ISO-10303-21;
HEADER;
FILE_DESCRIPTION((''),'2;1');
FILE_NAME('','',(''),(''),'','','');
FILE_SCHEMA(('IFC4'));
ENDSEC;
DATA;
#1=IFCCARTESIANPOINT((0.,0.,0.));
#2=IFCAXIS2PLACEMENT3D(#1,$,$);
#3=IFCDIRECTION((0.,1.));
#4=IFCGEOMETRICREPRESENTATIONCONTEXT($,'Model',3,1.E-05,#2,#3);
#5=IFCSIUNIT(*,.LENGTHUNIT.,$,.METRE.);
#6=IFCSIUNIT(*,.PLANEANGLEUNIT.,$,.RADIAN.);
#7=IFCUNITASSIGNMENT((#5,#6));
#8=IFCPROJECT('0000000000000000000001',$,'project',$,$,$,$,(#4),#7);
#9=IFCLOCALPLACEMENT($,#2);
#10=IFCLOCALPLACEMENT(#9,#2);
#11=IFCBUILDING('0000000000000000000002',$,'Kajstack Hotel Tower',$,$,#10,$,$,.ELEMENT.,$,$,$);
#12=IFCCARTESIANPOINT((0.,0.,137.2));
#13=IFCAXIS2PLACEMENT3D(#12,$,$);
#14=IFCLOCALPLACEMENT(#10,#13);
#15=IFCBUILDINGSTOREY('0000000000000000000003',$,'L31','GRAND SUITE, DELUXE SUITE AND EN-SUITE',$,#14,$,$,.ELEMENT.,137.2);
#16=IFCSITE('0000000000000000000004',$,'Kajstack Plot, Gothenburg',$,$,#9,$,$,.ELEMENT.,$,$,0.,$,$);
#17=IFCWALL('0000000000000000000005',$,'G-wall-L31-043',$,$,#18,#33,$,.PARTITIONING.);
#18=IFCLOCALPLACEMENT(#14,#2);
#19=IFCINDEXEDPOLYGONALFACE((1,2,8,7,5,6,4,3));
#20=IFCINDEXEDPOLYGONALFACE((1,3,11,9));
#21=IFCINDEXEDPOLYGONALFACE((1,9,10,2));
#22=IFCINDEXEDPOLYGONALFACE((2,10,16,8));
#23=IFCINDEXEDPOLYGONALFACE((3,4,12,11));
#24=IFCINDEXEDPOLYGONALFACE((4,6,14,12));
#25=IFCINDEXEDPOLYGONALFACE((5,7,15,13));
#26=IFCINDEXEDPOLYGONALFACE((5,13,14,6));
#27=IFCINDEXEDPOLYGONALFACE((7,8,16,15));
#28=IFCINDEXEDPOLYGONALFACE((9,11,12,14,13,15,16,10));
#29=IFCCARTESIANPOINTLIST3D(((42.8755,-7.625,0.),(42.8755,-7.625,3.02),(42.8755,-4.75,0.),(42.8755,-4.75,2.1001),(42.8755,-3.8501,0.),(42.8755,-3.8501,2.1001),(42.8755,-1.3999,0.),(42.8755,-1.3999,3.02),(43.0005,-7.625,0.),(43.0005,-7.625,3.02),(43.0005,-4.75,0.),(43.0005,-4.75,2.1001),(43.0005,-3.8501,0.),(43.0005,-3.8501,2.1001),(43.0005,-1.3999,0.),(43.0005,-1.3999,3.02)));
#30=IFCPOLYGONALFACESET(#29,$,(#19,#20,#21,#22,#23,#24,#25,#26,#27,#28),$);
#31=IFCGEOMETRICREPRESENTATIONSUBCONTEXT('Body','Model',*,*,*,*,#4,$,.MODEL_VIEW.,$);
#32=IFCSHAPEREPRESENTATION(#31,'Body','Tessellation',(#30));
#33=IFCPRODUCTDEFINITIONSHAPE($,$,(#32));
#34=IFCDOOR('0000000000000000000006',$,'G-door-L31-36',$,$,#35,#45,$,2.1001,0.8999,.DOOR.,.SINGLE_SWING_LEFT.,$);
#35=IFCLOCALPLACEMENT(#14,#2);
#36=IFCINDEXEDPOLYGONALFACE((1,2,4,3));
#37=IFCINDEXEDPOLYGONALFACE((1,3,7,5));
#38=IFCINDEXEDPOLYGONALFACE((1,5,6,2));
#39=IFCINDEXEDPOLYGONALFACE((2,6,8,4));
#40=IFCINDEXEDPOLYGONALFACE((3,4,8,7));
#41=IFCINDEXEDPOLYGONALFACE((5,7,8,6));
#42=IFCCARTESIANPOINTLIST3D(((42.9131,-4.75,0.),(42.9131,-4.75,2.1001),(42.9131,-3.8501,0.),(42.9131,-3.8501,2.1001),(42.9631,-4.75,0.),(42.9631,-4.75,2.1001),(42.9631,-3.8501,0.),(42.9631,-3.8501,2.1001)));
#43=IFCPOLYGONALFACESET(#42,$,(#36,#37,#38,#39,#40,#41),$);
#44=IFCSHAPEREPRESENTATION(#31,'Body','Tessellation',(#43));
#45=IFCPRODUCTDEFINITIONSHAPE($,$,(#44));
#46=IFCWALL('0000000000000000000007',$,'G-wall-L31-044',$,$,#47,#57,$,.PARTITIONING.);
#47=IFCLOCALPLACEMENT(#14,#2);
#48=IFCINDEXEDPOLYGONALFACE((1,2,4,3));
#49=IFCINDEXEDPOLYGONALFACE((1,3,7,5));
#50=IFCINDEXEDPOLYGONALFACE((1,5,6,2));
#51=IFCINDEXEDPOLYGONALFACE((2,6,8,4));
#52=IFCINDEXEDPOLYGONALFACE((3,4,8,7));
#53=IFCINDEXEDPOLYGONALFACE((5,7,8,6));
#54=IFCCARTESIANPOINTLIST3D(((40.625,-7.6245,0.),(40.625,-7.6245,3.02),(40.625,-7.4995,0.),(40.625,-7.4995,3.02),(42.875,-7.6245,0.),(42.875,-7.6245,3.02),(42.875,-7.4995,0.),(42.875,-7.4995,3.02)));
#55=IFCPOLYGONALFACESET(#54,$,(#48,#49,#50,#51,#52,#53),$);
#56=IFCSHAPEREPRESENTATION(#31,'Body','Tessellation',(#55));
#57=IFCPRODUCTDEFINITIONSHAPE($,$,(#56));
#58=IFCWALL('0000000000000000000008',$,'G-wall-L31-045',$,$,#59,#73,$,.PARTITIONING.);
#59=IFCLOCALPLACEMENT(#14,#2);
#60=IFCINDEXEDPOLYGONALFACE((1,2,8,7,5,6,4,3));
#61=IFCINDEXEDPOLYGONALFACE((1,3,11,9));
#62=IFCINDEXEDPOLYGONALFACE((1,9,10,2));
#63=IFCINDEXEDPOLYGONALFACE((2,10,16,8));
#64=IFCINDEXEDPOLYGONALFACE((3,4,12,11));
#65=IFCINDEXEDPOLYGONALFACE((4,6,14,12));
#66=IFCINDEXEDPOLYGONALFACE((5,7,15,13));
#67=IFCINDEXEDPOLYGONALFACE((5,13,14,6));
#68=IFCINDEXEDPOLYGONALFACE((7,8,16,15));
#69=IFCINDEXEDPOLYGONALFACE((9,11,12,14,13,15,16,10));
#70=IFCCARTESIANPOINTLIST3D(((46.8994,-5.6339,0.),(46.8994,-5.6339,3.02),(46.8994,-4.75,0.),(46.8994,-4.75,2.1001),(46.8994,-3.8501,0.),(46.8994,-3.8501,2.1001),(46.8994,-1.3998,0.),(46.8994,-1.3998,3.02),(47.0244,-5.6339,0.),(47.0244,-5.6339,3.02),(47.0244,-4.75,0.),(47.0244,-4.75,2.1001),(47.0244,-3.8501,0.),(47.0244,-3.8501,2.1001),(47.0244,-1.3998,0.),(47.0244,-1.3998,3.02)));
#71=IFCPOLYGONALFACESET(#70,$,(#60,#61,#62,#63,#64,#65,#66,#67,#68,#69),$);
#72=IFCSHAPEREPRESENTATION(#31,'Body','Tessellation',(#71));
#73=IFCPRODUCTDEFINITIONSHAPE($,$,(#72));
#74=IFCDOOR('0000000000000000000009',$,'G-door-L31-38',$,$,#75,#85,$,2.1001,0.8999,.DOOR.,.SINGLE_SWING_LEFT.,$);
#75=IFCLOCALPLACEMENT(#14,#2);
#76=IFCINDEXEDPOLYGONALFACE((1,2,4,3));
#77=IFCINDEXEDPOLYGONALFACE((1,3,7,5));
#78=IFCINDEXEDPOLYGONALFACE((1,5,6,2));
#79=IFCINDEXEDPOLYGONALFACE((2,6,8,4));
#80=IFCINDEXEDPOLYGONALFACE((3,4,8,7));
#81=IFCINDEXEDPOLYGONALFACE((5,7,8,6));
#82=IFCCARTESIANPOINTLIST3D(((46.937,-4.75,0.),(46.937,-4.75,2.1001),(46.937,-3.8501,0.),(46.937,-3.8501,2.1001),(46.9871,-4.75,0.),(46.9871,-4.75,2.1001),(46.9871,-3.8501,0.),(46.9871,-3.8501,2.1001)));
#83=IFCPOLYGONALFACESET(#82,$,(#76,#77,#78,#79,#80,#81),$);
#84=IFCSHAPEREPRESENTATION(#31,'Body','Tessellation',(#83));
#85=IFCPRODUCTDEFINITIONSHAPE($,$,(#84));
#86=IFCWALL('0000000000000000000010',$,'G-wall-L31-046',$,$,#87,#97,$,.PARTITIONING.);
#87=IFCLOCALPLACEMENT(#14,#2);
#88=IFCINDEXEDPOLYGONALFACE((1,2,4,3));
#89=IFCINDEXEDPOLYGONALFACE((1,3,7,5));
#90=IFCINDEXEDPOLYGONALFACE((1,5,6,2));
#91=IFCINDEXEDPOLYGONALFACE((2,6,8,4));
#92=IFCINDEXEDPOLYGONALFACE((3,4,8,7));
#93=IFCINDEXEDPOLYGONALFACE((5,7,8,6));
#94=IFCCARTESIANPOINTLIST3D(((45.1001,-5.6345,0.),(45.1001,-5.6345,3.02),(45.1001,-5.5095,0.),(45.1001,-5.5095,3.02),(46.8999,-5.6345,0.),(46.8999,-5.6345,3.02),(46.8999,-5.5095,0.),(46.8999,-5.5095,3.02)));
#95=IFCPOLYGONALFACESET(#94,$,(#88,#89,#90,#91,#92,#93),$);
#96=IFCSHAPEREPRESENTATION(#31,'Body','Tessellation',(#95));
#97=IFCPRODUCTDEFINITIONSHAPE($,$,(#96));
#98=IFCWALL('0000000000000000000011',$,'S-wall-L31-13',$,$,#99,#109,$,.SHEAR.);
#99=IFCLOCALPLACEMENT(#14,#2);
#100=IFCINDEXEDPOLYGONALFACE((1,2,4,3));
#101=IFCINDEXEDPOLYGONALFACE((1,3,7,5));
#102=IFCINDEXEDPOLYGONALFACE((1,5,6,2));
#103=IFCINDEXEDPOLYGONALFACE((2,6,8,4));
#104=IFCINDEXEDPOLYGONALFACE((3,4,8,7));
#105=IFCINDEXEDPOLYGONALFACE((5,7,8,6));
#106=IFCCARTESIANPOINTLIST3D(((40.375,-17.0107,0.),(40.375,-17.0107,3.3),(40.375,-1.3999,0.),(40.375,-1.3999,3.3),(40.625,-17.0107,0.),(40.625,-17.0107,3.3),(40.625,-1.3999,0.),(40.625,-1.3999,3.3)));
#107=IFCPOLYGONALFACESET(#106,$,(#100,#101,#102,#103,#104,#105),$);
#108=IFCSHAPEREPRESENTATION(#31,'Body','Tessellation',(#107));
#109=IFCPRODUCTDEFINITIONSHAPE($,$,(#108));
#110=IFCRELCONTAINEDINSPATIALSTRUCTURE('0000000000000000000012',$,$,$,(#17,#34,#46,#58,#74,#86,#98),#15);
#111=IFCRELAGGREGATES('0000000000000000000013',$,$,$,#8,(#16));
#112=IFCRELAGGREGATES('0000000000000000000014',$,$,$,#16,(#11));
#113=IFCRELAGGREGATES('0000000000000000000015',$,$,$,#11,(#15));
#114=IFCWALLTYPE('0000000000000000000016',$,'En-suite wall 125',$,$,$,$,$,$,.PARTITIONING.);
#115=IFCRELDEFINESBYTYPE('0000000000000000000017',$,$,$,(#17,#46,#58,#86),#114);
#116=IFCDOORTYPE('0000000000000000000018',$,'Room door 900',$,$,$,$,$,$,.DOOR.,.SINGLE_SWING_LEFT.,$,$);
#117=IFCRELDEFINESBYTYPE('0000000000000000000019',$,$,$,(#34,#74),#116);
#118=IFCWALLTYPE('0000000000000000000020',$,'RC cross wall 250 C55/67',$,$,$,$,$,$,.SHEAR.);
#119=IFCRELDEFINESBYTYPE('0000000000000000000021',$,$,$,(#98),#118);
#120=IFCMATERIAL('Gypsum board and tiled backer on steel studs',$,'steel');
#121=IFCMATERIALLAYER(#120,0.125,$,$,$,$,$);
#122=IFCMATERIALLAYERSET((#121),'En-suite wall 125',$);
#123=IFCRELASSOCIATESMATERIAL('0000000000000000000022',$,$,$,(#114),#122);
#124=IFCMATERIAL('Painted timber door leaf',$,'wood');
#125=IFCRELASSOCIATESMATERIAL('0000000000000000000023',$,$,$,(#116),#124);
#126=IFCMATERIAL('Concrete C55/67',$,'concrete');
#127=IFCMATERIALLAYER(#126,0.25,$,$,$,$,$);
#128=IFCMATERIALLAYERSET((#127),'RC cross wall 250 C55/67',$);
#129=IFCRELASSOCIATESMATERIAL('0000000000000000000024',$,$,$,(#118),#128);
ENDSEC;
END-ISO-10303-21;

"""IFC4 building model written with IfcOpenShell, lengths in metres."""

from ifc_helpers import new_model, si_unit, direction, frame, frame_2d, origin, place, context, subcontext, project, spatial, rectangle, extrude, material, layer, layer_set, type_object, element, fill, save


model = new_model("IFC4")

# Units and contexts
model_context = context("Model", 3, precision=1e-05, world=origin(), true_north=direction((0.0, 1.0)))
body_context = subcontext(model_context, "Body", "Model", "MODEL_VIEW")
ifc_project = project(units=[si_unit("LENGTHUNIT", "METRE"), si_unit("PLANEANGLEUNIT", "RADIAN")], contexts=[model_context])

# Site, building, storey
site_placement = place(None, origin())
site = spatial("IfcSite", under=ifc_project, at=site_placement, Name="Kajstack Plot, Gothenburg", CompositionType="ELEMENT", RefElevation=0.0)
building_placement = place(site_placement, origin())
building = spatial("IfcBuilding", under=site, at=building_placement, Name="Kajstack Hotel Tower", CompositionType="ELEMENT")
storey_placement = place(building_placement, frame((0.0, 0.0, 137.2)))
storey = spatial("IfcBuildingStorey", under=building, at=storey_placement, Name="L31", Description="GRAND SUITE, DELUXE SUITE AND EN-SUITE", CompositionType="ELEMENT", Elevation=137.2)

# Wall, opening, door
ifc_material_1 = material(Name="Gypsum board and tiled backer on steel studs", Category="steel")
ifc_layer_1 = layer(ifc_material_1, 0.125)
ifc_layer_set_1 = layer_set([ifc_layer_1], Name="En-suite wall 125")
wall_type_1 = type_object("IfcWallType", Name="En-suite wall 125", PredefinedType="PARTITIONING", material=ifc_layer_set_1)
wall_1_placement = place(storey_placement, frame((42.938, -7.625, 0.0), z_axis=(0.0, 0.0, 1.0), x_axis=(0.0, 1.0, 0.0)))
wall_1 = element("IfcWall", 1, at=wall_1_placement, inside=storey, type_object=wall_type_1, Name="G-wall-L31-043", PredefinedType="PARTITIONING", context=body_context, shape_type="SweptSolid", body=[
    extrude(rectangle(XDim=6.2251, YDim=0.125, at=frame_2d((3.1125, 0.0))), origin(), (0.0, 0.0, 1.0), 3.02),
])
opening_1_placement = place(wall_1_placement, frame((2.875, 0.0, 0.0)))
opening_1 = element("IfcOpeningElement", 2, at=opening_1_placement, cuts=wall_1, PredefinedType="OPENING", context=body_context, shape_type="SweptSolid", body=[
    extrude(rectangle(XDim=0.8999, YDim=2.1001, at=frame_2d((0.45, 1.05))), frame((0.0, 0.0725, 0.0), z_axis=(0.0, -1.0, 0.0), x_axis=(1.0, 0.0, 0.0)), (0.0, 0.0, 1.0), 0.145),
])
ifc_material_2 = material(Name="Painted timber door leaf", Category="wood")
door_type = type_object("IfcDoorType", Name="Room door 900", OperationType="SINGLE_SWING_LEFT", PredefinedType="DOOR", material=ifc_material_2)
door_1_placement = place(opening_1_placement, origin())
door_1 = element("IfcDoor", 3, at=door_1_placement, inside=storey, type_object=door_type, Name="G-door-L31-36", OperationType="SINGLE_SWING_LEFT", OverallHeight=2.1001, OverallWidth=0.8999, PredefinedType="DOOR", context=body_context, shape_type="SweptSolid", body=[
    extrude(rectangle(XDim=0.8999, YDim=2.1001, at=frame_2d((0.45, 1.05))), frame((0.0, 0.0249, 0.0), z_axis=(0.0, -1.0, 0.0), x_axis=(1.0, 0.0, 0.0)), (0.0, 0.0, 1.0), 0.05),
])
fill(opening_1, door_1)

# Wall
wall_2_placement = place(storey_placement, frame((40.625, -7.562, 0.0), z_axis=(0.0, 0.0, 1.0), x_axis=(1.0, 0.0, 0.0)))
element("IfcWall", 4, at=wall_2_placement, inside=storey, type_object=wall_type_1, Name="G-wall-L31-044", PredefinedType="PARTITIONING", context=body_context, shape_type="SweptSolid", body=[
    extrude(rectangle(XDim=2.25, YDim=0.125, at=frame_2d((1.125, 0.0))), origin(), (0.0, 0.0, 1.0), 3.02),
])

# Wall, opening, door
wall_3_placement = place(storey_placement, frame((46.9619, -5.634, 0.0), z_axis=(0.0, 0.0, 1.0), x_axis=(0.0, 1.0, 0.0)))
wall_3 = element("IfcWall", 5, at=wall_3_placement, inside=storey, type_object=wall_type_1, Name="G-wall-L31-045", PredefinedType="PARTITIONING", context=body_context, shape_type="SweptSolid", body=[
    extrude(rectangle(XDim=4.2341, YDim=0.125, at=frame_2d((2.1172, 0.0))), origin(), (0.0, 0.0, 1.0), 3.02),
])
opening_2_placement = place(wall_3_placement, frame((0.884, 0.0, 0.0)))
opening_2 = element("IfcOpeningElement", 6, at=opening_2_placement, cuts=wall_3, PredefinedType="OPENING", context=body_context, shape_type="SweptSolid", body=[
    extrude(rectangle(XDim=0.8999, YDim=2.1001, at=frame_2d((0.45, 1.05))), frame((0.0, 0.0725, 0.0), z_axis=(0.0, -1.0, 0.0), x_axis=(1.0, 0.0, 0.0)), (0.0, 0.0, 1.0), 0.145),
])
door_2_placement = place(opening_2_placement, origin())
door_2 = element("IfcDoor", 7, at=door_2_placement, inside=storey, type_object=door_type, Name="G-door-L31-38", OperationType="SINGLE_SWING_LEFT", OverallHeight=2.1001, OverallWidth=0.8999, PredefinedType="DOOR", context=body_context, shape_type="SweptSolid", body=[
    extrude(rectangle(XDim=0.8999, YDim=2.1001, at=frame_2d((0.45, 1.05))), frame((0.0, 0.0249, 0.0), z_axis=(0.0, -1.0, 0.0), x_axis=(1.0, 0.0, 0.0)), (0.0, 0.0, 1.0), 0.05),
])
fill(opening_2, door_2)

# Walls
wall_4_placement = place(storey_placement, frame((45.1001, -5.572, 0.0), z_axis=(0.0, 0.0, 1.0), x_axis=(1.0, 0.0, 0.0)))
element("IfcWall", 8, at=wall_4_placement, inside=storey, type_object=wall_type_1, Name="G-wall-L31-046", PredefinedType="PARTITIONING", context=body_context, shape_type="SweptSolid", body=[
    extrude(rectangle(XDim=1.7998, YDim=0.125, at=frame_2d((0.8999, 0.0))), origin(), (0.0, 0.0, 1.0), 3.02),
])
ifc_material_3 = material(Name="Concrete C55/67", Category="concrete")
ifc_layer_2 = layer(ifc_material_3, 0.25)
ifc_layer_set_2 = layer_set([ifc_layer_2], Name="RC cross wall 250 C55/67")
wall_type_2 = type_object("IfcWallType", Name="RC cross wall 250 C55/67", PredefinedType="SHEAR", material=ifc_layer_set_2)
wall_5_placement = place(storey_placement, frame((40.5, -17.0107, 0.0), z_axis=(0.0, 0.0, 1.0), x_axis=(0.0, 1.0, 0.0)))
element("IfcWall", 9, at=wall_5_placement, inside=storey, type_object=wall_type_2, Name="S-wall-L31-13", PredefinedType="SHEAR", context=body_context, shape_type="SweptSolid", body=[
    extrude(rectangle(XDim=15.6108, YDim=0.25, at=frame_2d((7.8054, 0.0))), origin(), (0.0, 0.0, 1.0), 3.3),
])

save(model, "model.ifc")
